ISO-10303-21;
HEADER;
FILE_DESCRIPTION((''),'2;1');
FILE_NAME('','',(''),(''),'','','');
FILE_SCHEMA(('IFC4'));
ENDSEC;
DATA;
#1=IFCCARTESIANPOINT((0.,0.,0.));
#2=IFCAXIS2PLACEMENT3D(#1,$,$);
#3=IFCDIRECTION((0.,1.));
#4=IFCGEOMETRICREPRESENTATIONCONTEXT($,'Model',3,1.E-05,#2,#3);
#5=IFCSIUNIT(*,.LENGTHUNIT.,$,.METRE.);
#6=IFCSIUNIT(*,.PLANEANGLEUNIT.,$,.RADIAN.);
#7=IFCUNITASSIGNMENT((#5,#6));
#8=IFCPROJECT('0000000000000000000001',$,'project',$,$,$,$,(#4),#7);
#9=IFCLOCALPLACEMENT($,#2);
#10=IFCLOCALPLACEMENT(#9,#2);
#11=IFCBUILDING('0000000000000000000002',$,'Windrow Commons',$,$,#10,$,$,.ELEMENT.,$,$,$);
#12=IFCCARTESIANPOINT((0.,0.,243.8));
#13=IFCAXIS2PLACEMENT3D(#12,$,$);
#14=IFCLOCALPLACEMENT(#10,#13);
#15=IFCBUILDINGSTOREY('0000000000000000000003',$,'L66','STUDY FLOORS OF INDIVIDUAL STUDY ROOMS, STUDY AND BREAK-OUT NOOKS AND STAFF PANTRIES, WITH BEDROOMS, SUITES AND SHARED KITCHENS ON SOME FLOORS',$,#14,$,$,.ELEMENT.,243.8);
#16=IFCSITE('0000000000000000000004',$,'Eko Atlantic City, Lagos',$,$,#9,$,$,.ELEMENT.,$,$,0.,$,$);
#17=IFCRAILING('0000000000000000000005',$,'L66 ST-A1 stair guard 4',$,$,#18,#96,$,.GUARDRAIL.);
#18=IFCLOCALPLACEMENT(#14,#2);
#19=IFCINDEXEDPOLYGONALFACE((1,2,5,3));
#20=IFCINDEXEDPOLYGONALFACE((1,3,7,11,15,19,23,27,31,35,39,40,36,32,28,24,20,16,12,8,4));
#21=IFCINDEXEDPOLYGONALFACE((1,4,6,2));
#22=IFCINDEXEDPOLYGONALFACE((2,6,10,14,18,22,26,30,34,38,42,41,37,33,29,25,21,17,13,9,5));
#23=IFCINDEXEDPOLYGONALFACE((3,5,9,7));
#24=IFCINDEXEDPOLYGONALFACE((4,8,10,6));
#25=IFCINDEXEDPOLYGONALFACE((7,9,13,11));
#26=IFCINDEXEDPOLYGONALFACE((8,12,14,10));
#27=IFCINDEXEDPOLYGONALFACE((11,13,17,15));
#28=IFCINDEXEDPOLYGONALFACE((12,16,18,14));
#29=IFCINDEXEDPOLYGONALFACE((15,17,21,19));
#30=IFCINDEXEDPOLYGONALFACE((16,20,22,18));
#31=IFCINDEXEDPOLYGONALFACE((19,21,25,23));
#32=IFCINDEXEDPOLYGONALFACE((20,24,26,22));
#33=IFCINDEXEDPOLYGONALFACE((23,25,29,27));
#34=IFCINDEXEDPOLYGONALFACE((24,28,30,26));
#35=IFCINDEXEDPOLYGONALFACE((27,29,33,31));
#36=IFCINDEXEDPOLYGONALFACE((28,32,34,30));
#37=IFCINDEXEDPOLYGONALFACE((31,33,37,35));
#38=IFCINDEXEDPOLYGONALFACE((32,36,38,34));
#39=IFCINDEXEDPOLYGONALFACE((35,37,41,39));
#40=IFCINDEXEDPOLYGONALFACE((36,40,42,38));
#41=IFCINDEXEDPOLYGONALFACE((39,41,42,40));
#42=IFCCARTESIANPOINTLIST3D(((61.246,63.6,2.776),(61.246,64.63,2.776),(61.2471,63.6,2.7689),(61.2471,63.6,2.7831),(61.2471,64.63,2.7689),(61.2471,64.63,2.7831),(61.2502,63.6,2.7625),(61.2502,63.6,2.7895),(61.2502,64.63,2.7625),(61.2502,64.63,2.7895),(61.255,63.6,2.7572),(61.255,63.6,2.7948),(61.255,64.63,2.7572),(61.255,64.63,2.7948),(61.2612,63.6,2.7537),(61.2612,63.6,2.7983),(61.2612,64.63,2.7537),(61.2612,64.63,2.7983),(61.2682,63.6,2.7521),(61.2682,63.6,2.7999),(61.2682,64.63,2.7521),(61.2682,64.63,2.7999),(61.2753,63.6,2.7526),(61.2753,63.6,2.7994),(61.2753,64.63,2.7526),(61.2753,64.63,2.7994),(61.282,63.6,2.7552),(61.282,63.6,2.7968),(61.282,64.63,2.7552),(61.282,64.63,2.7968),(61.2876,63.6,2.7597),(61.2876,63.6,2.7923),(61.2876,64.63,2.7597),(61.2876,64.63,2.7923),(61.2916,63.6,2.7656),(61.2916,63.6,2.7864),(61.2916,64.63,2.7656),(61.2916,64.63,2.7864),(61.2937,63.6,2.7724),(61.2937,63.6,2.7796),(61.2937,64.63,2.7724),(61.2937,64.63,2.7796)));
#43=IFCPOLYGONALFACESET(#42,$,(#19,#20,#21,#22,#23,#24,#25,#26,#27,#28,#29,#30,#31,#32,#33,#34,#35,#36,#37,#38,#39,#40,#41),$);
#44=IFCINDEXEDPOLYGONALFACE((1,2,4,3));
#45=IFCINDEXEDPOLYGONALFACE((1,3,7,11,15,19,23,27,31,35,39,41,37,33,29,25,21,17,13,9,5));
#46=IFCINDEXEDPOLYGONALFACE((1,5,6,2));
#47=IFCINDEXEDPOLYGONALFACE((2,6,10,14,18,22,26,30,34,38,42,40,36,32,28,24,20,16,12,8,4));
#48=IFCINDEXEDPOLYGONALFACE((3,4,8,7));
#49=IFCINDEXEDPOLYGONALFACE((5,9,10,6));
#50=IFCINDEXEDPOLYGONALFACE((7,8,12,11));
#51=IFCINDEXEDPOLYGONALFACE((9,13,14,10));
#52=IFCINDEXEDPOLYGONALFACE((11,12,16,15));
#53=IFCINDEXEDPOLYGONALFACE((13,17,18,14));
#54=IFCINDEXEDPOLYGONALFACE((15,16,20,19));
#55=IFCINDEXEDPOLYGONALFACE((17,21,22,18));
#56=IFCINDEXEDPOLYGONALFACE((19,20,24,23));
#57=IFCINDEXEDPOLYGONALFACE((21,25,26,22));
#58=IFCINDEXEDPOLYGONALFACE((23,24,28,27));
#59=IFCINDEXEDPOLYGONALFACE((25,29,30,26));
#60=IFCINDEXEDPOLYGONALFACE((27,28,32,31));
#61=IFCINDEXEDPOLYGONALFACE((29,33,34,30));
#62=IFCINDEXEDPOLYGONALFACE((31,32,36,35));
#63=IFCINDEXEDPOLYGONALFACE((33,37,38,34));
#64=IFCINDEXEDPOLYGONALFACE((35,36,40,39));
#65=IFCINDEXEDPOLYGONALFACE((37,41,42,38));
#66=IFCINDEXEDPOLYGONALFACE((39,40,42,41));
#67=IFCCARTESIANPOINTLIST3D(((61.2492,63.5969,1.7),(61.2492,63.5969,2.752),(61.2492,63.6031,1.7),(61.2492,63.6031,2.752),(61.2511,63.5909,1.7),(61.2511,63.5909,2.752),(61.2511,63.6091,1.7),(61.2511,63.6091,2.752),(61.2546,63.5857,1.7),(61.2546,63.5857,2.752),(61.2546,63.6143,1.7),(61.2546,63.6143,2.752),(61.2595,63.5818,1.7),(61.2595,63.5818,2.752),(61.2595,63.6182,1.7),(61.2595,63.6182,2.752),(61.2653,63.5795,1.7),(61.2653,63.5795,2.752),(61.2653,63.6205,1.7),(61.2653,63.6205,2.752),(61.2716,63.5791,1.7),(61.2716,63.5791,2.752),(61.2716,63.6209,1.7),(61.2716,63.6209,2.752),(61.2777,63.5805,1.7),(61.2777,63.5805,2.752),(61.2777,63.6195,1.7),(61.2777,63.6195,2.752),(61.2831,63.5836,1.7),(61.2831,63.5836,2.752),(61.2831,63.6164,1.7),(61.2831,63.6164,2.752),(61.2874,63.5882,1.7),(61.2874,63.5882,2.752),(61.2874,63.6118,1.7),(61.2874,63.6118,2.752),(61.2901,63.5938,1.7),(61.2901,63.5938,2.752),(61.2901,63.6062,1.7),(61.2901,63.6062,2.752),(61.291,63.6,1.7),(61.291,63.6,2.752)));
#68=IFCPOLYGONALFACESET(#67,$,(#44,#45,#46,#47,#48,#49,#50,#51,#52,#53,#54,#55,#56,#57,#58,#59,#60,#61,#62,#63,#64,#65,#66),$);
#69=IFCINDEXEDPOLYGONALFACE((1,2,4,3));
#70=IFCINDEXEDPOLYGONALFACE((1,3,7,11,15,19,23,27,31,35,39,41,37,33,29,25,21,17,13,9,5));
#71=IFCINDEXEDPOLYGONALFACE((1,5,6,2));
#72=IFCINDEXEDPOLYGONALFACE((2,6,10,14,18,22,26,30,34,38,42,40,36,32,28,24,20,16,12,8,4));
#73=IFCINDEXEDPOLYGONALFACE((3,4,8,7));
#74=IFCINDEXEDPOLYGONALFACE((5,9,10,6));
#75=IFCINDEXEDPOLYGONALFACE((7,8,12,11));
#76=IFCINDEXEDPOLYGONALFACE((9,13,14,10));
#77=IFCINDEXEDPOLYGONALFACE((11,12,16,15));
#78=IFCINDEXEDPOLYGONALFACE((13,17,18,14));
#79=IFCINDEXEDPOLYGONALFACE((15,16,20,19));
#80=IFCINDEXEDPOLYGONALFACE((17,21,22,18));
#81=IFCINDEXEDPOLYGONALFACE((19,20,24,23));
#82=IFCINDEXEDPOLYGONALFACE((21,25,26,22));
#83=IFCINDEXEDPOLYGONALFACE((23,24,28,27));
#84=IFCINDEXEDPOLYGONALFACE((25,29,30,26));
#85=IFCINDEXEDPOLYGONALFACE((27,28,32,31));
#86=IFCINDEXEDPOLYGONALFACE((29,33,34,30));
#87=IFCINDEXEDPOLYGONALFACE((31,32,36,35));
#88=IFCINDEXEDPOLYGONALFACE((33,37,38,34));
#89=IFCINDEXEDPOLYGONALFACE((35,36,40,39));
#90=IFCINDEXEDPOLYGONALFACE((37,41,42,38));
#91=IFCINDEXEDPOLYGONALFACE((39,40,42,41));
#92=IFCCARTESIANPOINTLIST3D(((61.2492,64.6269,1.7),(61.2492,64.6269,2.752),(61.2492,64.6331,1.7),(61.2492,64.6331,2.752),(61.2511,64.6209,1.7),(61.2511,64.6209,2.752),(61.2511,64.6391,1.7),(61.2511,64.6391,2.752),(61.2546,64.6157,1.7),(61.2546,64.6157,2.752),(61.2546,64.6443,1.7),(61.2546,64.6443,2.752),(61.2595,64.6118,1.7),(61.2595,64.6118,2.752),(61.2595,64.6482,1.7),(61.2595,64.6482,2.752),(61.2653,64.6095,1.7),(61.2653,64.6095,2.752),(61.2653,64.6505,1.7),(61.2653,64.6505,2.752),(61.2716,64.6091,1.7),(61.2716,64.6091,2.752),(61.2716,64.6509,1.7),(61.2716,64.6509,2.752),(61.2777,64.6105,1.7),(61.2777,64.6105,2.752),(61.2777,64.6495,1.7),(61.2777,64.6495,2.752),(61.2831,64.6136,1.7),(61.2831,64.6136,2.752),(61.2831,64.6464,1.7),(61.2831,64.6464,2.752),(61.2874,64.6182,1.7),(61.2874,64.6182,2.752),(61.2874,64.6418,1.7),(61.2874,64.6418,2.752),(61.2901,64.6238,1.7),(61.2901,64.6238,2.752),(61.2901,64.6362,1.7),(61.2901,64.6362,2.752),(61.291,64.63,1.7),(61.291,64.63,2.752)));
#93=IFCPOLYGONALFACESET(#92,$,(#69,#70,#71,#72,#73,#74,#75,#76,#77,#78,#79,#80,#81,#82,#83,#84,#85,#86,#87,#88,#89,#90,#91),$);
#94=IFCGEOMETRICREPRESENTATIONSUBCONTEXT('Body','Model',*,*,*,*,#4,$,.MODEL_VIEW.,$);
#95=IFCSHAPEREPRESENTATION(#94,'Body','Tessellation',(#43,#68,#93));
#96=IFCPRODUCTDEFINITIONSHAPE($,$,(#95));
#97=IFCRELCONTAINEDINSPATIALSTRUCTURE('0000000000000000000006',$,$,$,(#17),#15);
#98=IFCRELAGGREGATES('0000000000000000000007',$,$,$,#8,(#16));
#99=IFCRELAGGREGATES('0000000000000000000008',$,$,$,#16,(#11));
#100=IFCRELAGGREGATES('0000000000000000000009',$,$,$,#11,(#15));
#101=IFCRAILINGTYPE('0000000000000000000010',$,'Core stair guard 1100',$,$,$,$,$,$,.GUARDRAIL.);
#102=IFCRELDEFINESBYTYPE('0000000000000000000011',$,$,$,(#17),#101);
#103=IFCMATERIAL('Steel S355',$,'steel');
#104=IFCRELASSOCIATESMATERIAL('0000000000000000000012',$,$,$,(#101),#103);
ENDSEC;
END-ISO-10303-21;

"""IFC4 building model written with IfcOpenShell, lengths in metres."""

from ifc_helpers import new_model, si_unit, direction, frame, origin, origin_2d, place, context, subcontext, project, spatial, circle, extrude, material, type_object, element, save


model = new_model("IFC4")

# Units and contexts
model_context = context("Model", 3, precision=1e-05, world=origin(), true_north=direction((0.0, 1.0)))
body_context = subcontext(model_context, "Body", "Model", "MODEL_VIEW")
ifc_project = project(units=[si_unit("LENGTHUNIT", "METRE"), si_unit("PLANEANGLEUNIT", "RADIAN")], contexts=[model_context])

# Site, building, storey
site_placement = place(None, origin())
site = spatial("IfcSite", under=ifc_project, at=site_placement, Name="Eko Atlantic City, Lagos", CompositionType="ELEMENT", RefElevation=0.0)
building_placement = place(site_placement, origin())
building = spatial("IfcBuilding", under=site, at=building_placement, Name="Windrow Commons", CompositionType="ELEMENT")
storey_placement = place(building_placement, frame((0.0, 0.0, 243.8)))
storey = spatial("IfcBuildingStorey", under=building, at=storey_placement, Name="L66", Description="STUDY FLOORS OF INDIVIDUAL STUDY ROOMS, STUDY AND BREAK-OUT NOOKS AND STAFF PANTRIES, WITH BEDROOMS, SUITES AND SHARED KITCHENS ON SOME FLOORS", CompositionType="ELEMENT", Elevation=243.8)

# Railing
ifc_material_1 = material(Name="Steel S355", Category="steel")
railing_type_1 = type_object("IfcRailingType", Name="Core stair guard 1100", PredefinedType="GUARDRAIL", material=ifc_material_1)
for number, where, name in (
    (1, (61.27, 63.6, 1.7), "L66 ST-A1 stair guard 4"),
):
    element("IfcRailing", number, at=place(storey_placement, frame(where)), inside=storey, type_object=railing_type_1, Name=name, PredefinedType="GUARDRAIL", context=body_context, shape_type="SweptSolid", body=[
        extrude(circle(Radius=0.024, at=origin_2d()), frame((0.0, 0.0, 1.076), z_axis=(0.0, 1.0, 0.0), x_axis=(-1.0, 0.0, 0.0)), (0.0, 0.0, 1.0), 1.03),
        extrude(circle(Radius=0.021, at=origin_2d()), origin(), (0.0, 0.0, 1.0), 1.052),
        extrude(circle(Radius=0.021, at=origin_2d()), frame((0.0, 1.03, 0.0)), (0.0, 0.0, 1.0), 1.052),
    ])

save(model, "model.ifc")
